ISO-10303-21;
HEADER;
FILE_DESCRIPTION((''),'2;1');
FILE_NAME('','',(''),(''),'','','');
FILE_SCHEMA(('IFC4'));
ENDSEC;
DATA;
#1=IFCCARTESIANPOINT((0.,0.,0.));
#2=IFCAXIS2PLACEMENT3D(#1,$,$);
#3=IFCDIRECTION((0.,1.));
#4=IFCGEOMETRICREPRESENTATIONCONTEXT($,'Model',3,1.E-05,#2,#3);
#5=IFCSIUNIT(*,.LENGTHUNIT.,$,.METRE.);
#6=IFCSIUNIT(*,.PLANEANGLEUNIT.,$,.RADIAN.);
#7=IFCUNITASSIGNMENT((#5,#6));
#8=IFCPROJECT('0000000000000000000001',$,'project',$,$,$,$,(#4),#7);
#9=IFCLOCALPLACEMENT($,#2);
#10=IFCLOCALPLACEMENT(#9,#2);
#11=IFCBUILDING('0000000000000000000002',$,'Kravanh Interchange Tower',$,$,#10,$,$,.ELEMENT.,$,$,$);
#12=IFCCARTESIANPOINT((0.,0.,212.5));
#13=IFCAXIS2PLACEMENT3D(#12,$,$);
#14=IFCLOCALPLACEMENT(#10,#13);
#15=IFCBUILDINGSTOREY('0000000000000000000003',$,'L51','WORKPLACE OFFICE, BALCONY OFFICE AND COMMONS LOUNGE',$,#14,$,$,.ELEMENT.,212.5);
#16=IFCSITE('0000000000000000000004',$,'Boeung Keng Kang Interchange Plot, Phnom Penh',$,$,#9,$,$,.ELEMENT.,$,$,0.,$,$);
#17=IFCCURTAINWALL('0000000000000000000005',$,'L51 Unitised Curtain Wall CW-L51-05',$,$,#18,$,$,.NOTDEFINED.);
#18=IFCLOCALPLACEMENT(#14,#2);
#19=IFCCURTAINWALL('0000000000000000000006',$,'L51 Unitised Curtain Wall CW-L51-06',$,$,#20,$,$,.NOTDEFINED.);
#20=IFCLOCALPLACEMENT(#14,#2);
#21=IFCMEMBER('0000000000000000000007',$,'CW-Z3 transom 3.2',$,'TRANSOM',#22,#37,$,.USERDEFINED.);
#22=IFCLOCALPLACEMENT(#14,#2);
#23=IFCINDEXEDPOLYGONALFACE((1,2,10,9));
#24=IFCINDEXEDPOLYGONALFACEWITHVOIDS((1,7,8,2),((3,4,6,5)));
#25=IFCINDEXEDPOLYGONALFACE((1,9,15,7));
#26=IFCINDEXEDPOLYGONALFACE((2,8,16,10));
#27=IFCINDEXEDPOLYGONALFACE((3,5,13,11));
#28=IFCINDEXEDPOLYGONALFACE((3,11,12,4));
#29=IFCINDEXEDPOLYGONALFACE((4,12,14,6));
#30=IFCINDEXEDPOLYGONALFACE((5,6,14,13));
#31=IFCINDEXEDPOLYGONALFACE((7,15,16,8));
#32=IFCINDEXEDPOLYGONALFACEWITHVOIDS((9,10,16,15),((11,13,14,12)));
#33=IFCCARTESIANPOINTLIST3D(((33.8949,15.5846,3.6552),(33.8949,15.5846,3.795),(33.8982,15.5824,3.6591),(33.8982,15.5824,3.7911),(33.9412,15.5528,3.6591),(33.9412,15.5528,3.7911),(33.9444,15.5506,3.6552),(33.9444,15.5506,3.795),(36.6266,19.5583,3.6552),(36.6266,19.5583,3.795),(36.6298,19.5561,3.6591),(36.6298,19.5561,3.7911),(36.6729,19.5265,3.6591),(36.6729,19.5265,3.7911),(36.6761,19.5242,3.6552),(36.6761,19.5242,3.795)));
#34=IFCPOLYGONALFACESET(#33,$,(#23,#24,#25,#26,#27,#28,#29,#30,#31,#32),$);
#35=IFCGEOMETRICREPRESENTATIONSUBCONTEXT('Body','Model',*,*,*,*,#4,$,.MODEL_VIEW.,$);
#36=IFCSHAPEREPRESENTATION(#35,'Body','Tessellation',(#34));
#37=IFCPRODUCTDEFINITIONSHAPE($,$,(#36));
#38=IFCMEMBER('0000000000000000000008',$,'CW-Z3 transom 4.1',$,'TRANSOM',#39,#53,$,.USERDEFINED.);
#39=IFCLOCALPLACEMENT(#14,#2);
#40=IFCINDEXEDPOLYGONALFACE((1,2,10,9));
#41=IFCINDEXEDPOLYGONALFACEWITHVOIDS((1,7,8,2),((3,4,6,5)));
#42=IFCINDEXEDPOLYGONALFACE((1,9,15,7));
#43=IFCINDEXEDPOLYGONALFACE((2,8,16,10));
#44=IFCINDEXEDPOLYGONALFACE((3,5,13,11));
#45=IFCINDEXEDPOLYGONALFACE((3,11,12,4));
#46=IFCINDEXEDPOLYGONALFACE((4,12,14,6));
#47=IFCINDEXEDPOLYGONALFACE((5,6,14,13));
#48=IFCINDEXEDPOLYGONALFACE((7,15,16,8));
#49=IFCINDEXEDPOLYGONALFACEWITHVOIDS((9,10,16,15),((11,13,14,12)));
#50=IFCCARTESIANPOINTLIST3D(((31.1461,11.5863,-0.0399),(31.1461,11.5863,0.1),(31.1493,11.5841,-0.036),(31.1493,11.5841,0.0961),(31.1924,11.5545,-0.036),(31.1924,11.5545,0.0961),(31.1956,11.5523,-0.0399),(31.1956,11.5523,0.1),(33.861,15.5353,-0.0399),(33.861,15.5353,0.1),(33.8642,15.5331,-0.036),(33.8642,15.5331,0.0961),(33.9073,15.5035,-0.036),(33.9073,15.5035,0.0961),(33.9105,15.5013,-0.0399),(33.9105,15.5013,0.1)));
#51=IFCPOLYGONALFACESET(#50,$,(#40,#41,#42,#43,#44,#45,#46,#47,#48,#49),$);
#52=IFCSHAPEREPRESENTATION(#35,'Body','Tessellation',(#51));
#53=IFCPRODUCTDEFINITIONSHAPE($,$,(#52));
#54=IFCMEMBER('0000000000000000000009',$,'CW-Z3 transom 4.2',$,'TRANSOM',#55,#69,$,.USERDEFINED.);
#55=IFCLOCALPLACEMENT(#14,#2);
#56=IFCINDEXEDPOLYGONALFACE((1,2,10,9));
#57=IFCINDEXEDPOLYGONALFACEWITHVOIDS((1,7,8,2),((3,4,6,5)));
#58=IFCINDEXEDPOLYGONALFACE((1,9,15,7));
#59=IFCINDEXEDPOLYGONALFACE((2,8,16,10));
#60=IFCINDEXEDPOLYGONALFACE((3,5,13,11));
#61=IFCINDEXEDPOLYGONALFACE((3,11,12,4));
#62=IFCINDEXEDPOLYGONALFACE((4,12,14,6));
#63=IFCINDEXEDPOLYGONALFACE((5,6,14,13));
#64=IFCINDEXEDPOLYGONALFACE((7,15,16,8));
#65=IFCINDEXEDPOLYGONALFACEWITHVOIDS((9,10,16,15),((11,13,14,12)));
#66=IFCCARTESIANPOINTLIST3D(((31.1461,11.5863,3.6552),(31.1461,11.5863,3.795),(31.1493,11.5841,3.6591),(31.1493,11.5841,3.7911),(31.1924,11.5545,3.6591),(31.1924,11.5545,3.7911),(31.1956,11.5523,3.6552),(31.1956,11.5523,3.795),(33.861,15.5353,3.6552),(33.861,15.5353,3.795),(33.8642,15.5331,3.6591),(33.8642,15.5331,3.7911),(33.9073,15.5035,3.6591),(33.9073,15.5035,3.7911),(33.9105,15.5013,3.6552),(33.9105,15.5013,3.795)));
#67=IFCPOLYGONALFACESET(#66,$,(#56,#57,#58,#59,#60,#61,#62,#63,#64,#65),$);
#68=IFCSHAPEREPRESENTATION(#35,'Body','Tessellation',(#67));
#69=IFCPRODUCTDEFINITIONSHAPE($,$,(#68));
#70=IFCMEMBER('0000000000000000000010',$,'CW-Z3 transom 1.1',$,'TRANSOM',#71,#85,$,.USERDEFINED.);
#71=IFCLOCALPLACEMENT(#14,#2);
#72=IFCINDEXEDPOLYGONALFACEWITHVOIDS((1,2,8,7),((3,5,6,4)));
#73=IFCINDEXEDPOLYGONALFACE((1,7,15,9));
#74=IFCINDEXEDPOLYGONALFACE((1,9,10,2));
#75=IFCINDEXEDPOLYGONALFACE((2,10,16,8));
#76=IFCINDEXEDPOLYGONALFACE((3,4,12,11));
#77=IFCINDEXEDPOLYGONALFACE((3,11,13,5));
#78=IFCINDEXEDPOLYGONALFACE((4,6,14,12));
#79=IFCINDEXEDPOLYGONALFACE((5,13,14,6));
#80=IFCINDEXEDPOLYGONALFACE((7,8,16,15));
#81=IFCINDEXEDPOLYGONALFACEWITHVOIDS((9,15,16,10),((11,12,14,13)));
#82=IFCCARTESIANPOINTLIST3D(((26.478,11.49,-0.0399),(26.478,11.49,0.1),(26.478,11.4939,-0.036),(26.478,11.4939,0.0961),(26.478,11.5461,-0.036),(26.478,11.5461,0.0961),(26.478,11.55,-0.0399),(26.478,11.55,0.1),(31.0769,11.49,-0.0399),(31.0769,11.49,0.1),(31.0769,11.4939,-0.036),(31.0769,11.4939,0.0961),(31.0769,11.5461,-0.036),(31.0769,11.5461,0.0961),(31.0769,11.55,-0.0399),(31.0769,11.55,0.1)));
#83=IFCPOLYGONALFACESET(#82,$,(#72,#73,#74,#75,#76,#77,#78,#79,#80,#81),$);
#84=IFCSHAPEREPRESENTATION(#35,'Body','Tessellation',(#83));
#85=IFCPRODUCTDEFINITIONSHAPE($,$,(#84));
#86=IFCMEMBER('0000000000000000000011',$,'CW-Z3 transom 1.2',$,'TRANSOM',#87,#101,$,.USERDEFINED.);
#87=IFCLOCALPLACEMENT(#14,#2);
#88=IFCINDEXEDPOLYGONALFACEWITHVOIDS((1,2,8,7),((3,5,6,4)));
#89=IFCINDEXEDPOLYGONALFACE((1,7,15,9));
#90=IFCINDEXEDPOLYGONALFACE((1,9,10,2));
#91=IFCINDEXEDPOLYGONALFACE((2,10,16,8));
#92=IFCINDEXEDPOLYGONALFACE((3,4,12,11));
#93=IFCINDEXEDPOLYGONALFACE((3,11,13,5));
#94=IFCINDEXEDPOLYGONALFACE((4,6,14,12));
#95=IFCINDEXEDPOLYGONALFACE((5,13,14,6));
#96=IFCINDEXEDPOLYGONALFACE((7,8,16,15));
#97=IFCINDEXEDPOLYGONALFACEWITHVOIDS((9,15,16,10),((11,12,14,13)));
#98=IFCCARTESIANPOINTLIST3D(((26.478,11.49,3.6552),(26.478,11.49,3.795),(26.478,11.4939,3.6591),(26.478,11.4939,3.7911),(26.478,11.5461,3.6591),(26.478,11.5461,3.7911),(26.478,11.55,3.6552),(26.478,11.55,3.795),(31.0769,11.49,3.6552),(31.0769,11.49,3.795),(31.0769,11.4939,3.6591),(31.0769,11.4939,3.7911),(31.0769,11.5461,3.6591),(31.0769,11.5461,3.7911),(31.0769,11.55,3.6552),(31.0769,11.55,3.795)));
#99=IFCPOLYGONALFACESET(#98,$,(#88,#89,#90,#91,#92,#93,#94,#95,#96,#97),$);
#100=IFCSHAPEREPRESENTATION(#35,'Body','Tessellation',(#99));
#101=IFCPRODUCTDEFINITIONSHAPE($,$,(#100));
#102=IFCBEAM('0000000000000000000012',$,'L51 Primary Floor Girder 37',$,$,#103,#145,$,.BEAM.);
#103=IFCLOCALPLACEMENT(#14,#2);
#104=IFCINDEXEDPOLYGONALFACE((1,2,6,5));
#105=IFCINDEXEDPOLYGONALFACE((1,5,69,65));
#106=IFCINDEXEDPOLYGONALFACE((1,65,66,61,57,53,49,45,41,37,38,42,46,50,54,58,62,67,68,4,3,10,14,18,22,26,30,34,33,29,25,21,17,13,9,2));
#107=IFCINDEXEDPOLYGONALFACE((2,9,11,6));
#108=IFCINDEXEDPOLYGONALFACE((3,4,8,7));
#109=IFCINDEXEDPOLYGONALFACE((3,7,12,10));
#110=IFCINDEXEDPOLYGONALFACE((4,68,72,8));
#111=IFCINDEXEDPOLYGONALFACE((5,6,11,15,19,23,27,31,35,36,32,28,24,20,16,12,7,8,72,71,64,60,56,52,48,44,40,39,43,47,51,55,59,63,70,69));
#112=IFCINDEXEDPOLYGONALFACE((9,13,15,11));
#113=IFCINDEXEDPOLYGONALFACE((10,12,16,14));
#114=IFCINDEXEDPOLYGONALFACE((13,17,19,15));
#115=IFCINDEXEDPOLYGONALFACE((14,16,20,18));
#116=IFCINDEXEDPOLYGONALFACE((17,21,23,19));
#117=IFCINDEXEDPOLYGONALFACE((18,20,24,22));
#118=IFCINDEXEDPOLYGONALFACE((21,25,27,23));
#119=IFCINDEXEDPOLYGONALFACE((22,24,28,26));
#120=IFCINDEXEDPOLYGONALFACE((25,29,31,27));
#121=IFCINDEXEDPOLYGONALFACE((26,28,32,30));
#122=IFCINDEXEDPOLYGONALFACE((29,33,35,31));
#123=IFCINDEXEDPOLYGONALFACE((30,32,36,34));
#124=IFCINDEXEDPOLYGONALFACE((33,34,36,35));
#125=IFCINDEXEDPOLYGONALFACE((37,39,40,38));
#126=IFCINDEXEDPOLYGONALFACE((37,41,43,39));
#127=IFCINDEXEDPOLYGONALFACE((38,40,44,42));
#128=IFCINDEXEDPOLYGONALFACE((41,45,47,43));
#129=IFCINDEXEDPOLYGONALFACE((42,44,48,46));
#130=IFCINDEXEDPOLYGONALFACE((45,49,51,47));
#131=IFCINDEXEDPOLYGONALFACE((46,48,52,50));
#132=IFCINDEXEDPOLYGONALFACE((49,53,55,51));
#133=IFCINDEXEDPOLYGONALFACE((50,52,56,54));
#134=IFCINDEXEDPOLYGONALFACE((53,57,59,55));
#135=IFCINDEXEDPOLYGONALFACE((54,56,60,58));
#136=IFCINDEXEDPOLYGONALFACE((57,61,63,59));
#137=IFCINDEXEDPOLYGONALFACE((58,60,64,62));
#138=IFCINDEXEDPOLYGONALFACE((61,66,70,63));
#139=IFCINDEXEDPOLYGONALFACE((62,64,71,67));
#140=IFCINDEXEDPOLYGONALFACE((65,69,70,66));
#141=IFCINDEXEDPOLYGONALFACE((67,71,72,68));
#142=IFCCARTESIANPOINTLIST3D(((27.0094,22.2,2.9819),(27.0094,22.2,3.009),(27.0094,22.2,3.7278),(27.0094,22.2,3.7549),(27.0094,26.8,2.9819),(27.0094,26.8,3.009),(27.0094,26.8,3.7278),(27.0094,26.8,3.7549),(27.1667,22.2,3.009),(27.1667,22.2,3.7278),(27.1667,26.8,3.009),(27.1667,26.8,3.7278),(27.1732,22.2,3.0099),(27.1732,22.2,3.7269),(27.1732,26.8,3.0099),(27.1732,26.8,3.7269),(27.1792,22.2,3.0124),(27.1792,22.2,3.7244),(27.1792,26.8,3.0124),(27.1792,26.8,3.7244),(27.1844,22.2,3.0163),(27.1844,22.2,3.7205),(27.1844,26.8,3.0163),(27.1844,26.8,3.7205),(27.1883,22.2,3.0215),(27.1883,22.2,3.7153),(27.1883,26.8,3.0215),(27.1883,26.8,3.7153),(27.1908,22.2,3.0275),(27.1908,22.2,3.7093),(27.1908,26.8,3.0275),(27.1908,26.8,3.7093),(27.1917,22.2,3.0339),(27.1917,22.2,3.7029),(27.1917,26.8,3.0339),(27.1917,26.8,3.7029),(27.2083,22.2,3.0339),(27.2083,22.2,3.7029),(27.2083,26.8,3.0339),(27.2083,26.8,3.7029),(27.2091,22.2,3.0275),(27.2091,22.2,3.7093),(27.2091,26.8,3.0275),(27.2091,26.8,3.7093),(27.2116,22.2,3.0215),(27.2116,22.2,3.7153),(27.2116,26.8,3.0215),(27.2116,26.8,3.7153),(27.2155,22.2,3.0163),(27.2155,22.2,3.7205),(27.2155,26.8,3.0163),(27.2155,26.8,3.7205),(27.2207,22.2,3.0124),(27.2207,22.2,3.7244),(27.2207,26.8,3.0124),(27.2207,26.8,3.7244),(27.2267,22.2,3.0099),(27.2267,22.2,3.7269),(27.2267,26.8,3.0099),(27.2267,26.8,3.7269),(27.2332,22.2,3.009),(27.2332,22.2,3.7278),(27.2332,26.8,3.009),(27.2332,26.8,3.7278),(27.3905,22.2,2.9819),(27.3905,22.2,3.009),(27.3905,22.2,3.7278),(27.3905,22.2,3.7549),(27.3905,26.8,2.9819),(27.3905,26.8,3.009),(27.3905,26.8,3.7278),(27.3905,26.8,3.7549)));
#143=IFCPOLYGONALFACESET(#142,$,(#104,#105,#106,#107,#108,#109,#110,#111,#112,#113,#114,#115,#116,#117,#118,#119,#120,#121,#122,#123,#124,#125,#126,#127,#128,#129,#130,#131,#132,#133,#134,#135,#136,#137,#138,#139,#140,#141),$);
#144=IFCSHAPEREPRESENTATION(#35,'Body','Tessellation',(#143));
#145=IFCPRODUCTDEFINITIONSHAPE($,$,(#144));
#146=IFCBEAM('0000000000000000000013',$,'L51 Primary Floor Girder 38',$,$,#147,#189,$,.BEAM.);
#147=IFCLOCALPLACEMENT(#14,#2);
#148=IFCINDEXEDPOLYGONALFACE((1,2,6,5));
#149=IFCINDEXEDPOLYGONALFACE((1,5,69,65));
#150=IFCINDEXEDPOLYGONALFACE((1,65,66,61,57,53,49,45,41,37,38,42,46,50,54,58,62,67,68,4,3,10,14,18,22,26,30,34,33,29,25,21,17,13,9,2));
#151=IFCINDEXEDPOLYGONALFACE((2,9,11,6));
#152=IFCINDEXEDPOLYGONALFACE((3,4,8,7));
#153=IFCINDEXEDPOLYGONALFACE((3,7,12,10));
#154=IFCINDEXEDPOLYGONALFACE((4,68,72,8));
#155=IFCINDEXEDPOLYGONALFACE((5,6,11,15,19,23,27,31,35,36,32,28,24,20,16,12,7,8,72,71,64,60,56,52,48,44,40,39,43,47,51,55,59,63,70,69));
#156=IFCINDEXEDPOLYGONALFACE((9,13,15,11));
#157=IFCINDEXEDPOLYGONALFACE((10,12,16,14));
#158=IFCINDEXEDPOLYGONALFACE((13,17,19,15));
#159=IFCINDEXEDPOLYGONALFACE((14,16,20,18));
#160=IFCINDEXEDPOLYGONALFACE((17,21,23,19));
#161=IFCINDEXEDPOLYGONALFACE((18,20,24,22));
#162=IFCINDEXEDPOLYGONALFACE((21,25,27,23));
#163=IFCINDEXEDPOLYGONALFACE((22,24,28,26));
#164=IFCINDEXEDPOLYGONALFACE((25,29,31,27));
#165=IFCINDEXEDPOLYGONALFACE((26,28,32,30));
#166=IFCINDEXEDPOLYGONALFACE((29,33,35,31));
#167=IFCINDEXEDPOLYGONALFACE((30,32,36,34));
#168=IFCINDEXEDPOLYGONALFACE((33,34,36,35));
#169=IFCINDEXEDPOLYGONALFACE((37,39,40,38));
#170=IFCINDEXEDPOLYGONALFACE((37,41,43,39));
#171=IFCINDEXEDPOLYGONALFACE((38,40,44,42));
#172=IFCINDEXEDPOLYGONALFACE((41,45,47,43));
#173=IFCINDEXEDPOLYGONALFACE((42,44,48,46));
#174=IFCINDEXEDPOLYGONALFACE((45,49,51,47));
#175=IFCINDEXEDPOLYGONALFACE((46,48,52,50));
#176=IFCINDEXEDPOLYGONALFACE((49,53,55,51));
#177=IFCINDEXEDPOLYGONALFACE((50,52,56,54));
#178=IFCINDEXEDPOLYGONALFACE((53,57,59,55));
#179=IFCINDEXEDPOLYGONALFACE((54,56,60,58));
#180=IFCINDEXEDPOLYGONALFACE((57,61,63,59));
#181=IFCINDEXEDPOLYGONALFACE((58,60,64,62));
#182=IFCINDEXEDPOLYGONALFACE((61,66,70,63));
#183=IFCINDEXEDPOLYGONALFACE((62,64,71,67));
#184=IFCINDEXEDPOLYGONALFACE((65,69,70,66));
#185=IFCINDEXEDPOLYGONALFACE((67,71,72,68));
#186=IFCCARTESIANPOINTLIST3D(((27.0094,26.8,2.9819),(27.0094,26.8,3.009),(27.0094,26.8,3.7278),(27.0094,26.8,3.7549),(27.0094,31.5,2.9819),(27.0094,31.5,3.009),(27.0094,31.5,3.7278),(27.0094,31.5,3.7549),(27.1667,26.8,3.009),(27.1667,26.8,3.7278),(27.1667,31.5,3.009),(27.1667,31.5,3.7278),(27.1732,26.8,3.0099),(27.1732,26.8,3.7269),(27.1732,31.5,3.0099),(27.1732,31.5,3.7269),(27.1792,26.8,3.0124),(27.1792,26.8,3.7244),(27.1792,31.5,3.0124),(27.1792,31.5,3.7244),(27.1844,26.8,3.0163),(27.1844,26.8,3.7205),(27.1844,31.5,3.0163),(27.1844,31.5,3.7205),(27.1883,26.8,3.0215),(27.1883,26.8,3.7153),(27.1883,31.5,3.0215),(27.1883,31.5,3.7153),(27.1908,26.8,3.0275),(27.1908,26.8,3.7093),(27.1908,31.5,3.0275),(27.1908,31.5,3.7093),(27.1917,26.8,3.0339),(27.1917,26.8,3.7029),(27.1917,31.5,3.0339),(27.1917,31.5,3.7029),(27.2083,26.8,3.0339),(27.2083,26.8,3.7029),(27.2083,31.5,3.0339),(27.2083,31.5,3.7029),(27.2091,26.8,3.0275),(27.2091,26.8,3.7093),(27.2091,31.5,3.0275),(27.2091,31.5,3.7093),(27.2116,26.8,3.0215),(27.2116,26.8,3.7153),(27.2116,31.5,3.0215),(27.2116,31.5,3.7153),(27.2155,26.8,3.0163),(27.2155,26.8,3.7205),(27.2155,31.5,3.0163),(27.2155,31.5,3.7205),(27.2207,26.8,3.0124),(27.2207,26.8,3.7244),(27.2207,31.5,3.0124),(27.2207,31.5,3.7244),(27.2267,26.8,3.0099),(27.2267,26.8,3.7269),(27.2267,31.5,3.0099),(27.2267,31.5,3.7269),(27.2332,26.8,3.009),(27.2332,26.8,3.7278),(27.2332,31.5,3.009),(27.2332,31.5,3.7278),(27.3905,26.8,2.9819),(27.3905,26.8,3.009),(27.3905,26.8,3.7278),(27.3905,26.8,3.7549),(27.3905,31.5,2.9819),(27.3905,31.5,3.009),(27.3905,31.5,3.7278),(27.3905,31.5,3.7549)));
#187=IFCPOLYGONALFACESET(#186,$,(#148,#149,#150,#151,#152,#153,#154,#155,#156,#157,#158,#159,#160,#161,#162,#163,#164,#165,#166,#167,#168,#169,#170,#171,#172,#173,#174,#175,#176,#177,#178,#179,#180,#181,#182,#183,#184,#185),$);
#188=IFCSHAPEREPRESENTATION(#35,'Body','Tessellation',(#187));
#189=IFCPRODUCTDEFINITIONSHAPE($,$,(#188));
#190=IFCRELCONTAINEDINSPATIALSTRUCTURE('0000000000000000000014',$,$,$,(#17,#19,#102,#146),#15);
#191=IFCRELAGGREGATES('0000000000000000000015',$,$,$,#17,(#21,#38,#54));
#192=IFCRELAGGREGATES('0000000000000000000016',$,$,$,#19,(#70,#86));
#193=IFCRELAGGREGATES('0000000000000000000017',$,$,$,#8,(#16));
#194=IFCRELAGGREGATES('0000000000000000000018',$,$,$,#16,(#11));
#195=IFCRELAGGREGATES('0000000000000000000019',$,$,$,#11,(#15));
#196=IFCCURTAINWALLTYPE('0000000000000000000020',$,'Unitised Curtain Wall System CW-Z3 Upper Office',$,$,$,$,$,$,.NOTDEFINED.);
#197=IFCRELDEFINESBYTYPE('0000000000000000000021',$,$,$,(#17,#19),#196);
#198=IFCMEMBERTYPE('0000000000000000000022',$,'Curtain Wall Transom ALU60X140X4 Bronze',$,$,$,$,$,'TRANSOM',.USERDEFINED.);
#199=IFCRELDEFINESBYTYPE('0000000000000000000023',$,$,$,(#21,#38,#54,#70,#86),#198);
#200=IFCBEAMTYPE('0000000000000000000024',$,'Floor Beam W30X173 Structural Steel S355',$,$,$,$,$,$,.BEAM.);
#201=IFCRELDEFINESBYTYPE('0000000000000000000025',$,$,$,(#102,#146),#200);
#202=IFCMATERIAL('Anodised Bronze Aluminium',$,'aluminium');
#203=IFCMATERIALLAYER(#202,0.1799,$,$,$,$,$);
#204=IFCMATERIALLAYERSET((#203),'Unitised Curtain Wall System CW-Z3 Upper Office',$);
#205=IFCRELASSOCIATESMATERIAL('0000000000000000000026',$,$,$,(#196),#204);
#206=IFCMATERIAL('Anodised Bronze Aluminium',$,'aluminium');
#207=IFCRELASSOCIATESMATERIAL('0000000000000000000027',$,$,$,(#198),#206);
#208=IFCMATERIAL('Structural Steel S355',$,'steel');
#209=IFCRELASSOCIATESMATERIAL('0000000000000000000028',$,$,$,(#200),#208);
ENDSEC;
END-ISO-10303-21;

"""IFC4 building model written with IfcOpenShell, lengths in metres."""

from ifc_helpers import new_model, si_unit, direction, frame, origin, origin_2d, place, context, subcontext, project, spatial, hollow_rectangle, i_section, extrude, material, layer, layer_set, material_profile, profile_set, type_object, element, aggregate, save


model = new_model("IFC4")

# Units and contexts
model_context = context("Model", 3, precision=1e-05, world=origin(), true_north=direction((0.0, 1.0)))
body_context = subcontext(model_context, "Body", "Model", "MODEL_VIEW")
ifc_project = project(units=[si_unit("LENGTHUNIT", "METRE"), si_unit("PLANEANGLEUNIT", "RADIAN")], contexts=[model_context])

# Site, building, storey
site_placement = place(None, origin())
site = spatial("IfcSite", under=ifc_project, at=site_placement, Name="Boeung Keng Kang Interchange Plot, Phnom Penh", CompositionType="ELEMENT", RefElevation=0.0)
building_placement = place(site_placement, origin())
building = spatial("IfcBuilding", under=site, at=building_placement, Name="Kravanh Interchange Tower", CompositionType="ELEMENT")
storey_placement = place(building_placement, frame((0.0, 0.0, 212.5)))
storey = spatial("IfcBuildingStorey", under=building, at=storey_placement, Name="L51", Description="WORKPLACE OFFICE, BALCONY OFFICE AND COMMONS LOUNGE", CompositionType="ELEMENT", Elevation=212.5)

# Curtain wall
ifc_material_1 = material(Name="Anodised Bronze Aluminium", Category="aluminium")
ifc_layer_1 = layer(ifc_material_1, 0.1799)
ifc_layer_set_1 = layer_set([ifc_layer_1], Name="Unitised Curtain Wall System CW-Z3 Upper Office")
curtain_wall_type = type_object("IfcCurtainWallType", Name="Unitised Curtain Wall System CW-Z3 Upper Office", PredefinedType="NOTDEFINED", material=ifc_layer_set_1)
curtain_wall_1_placement = place(storey_placement, origin())
curtain_wall_1 = element("IfcCurtainWall", 1, at=curtain_wall_1_placement, inside=storey, type_object=curtain_wall_type, Name="L51 Unitised Curtain Wall CW-L51-05", PredefinedType="NOTDEFINED")

# Curtain wall
curtain_wall_2_placement = place(storey_placement, origin())
curtain_wall_2 = element("IfcCurtainWall", 2, at=curtain_wall_2_placement, inside=storey, type_object=curtain_wall_type, Name="L51 Unitised Curtain Wall CW-L51-06", PredefinedType="NOTDEFINED")

# Members
ifc_material_2 = material(Name="Anodised Bronze Aluminium", Category="aluminium")
ifc_material_profile_1 = material_profile(ifc_material_2, hollow_rectangle(XDim=0.0601, YDim=0.1399, WallThickness=0.0039, at=origin_2d()), Name="ALU60X140X4")
ifc_profile_set_1 = profile_set([ifc_material_profile_1], Name="Anodised Bronze Aluminium")
member_type_1 = type_object("IfcMemberType", Name="Curtain Wall Transom ALU60X140X4 Bronze", ElementType="TRANSOM", PredefinedType="USERDEFINED", material=ifc_profile_set_1)
member_1_placement = place(storey_placement, frame((36.6514, 19.5413, 3.7251), z_axis=(-0.566503, -0.82406, 0.0), x_axis=(0.82406, -0.566503, 0.0)))
member_1 = element("IfcMember", 3, at=member_1_placement, type_object=member_type_1, Name="CW-Z3 transom 3.2", ObjectType="TRANSOM", PredefinedType="USERDEFINED", context=body_context, shape_type="SweptSolid", body=[
    extrude(hollow_rectangle(XDim=0.0601, YDim=0.1399, WallThickness=0.0039, at=origin_2d()), origin(), (0.0, 0.0, 1.0), 4.822),
])
member_2_placement = place(storey_placement, frame((33.8857, 15.5183, 0.03), z_axis=(-0.566518, -0.824049, 0.0), x_axis=(0.824049, -0.566518, 0.0)))
member_2 = element("IfcMember", 4, at=member_2_placement, type_object=member_type_1, Name="CW-Z3 transom 4.1", ObjectType="TRANSOM", PredefinedType="USERDEFINED", context=body_context, shape_type="SweptSolid", body=[
    extrude(hollow_rectangle(XDim=0.0601, YDim=0.1399, WallThickness=0.0039, at=origin_2d()), origin(), (0.0, 0.0, 1.0), 4.7922),
])
member_3_placement = place(storey_placement, frame((33.8857, 15.5183, 3.7251), z_axis=(-0.566518, -0.824049, 0.0), x_axis=(0.824049, -0.566518, 0.0)))
member_3 = element("IfcMember", 5, at=member_3_placement, type_object=member_type_1, Name="CW-Z3 transom 4.2", ObjectType="TRANSOM", PredefinedType="USERDEFINED", context=body_context, shape_type="SweptSolid", body=[
    extrude(hollow_rectangle(XDim=0.0601, YDim=0.1399, WallThickness=0.0039, at=origin_2d()), origin(), (0.0, 0.0, 1.0), 4.7922),
])
member_4_placement = place(storey_placement, frame((31.0769, 11.52, 0.03), z_axis=(-1.0, 0.0, 0.0), x_axis=(0.0, -1.0, 0.0)))
member_4 = element("IfcMember", 6, at=member_4_placement, type_object=member_type_1, Name="CW-Z3 transom 1.1", ObjectType="TRANSOM", PredefinedType="USERDEFINED", context=body_context, shape_type="SweptSolid", body=[
    extrude(hollow_rectangle(XDim=0.0601, YDim=0.1399, WallThickness=0.0039, at=origin_2d()), origin(), (0.0, 0.0, 1.0), 4.5989),
])
member_5_placement = place(storey_placement, frame((31.0769, 11.52, 3.7251), z_axis=(-1.0, 0.0, 0.0), x_axis=(0.0, -1.0, 0.0)))
member_5 = element("IfcMember", 7, at=member_5_placement, type_object=member_type_1, Name="CW-Z3 transom 1.2", ObjectType="TRANSOM", PredefinedType="USERDEFINED", context=body_context, shape_type="SweptSolid", body=[
    extrude(hollow_rectangle(XDim=0.0601, YDim=0.1399, WallThickness=0.0039, at=origin_2d()), origin(), (0.0, 0.0, 1.0), 4.5989),
])

# Beams
ifc_material_3 = material(Name="Structural Steel S355", Category="steel")
ifc_material_profile_2 = material_profile(ifc_material_3, i_section(OverallWidth=0.3811, OverallDepth=0.7729, WebThickness=0.0166, FlangeThickness=0.0271, FilletRadius=0.0249, at=origin_2d()), Name="W30X173")
ifc_profile_set_2 = profile_set([ifc_material_profile_2], Name="Structural Steel S355")
beam_type = type_object("IfcBeamType", Name="Floor Beam W30X173 Structural Steel S355", PredefinedType="BEAM", material=ifc_profile_set_2)
beam_1_placement = place(storey_placement, frame((27.2, 26.8, 3.3684), z_axis=(0.0, -1.0, 0.0), x_axis=(1.0, 0.0, 0.0)))
element("IfcBeam", 8, at=beam_1_placement, inside=storey, type_object=beam_type, Name="L51 Primary Floor Girder 37", PredefinedType="BEAM", context=body_context, shape_type="SweptSolid", body=[
    extrude(i_section(OverallWidth=0.3811, OverallDepth=0.7729, WebThickness=0.0166, FlangeThickness=0.0271, FilletRadius=0.0249, at=origin_2d()), origin(), (0.0, 0.0, 1.0), 4.6001),
])
beam_2_placement = place(storey_placement, frame((27.2, 26.8, 3.3684), z_axis=(0.0, 1.0, 0.0), x_axis=(-1.0, 0.0, 0.0)))
element("IfcBeam", 9, at=beam_2_placement, inside=storey, type_object=beam_type, Name="L51 Primary Floor Girder 38", PredefinedType="BEAM", context=body_context, shape_type="SweptSolid", body=[
    extrude(i_section(OverallWidth=0.3811, OverallDepth=0.7729, WebThickness=0.0166, FlangeThickness=0.0271, FilletRadius=0.0249, at=origin_2d()), origin(), (0.0, 0.0, 1.0), 4.7),
])

aggregate(curtain_wall_1, [member_1, member_2, member_3])
aggregate(curtain_wall_2, [member_4, member_5])

save(model, "model.ifc")
